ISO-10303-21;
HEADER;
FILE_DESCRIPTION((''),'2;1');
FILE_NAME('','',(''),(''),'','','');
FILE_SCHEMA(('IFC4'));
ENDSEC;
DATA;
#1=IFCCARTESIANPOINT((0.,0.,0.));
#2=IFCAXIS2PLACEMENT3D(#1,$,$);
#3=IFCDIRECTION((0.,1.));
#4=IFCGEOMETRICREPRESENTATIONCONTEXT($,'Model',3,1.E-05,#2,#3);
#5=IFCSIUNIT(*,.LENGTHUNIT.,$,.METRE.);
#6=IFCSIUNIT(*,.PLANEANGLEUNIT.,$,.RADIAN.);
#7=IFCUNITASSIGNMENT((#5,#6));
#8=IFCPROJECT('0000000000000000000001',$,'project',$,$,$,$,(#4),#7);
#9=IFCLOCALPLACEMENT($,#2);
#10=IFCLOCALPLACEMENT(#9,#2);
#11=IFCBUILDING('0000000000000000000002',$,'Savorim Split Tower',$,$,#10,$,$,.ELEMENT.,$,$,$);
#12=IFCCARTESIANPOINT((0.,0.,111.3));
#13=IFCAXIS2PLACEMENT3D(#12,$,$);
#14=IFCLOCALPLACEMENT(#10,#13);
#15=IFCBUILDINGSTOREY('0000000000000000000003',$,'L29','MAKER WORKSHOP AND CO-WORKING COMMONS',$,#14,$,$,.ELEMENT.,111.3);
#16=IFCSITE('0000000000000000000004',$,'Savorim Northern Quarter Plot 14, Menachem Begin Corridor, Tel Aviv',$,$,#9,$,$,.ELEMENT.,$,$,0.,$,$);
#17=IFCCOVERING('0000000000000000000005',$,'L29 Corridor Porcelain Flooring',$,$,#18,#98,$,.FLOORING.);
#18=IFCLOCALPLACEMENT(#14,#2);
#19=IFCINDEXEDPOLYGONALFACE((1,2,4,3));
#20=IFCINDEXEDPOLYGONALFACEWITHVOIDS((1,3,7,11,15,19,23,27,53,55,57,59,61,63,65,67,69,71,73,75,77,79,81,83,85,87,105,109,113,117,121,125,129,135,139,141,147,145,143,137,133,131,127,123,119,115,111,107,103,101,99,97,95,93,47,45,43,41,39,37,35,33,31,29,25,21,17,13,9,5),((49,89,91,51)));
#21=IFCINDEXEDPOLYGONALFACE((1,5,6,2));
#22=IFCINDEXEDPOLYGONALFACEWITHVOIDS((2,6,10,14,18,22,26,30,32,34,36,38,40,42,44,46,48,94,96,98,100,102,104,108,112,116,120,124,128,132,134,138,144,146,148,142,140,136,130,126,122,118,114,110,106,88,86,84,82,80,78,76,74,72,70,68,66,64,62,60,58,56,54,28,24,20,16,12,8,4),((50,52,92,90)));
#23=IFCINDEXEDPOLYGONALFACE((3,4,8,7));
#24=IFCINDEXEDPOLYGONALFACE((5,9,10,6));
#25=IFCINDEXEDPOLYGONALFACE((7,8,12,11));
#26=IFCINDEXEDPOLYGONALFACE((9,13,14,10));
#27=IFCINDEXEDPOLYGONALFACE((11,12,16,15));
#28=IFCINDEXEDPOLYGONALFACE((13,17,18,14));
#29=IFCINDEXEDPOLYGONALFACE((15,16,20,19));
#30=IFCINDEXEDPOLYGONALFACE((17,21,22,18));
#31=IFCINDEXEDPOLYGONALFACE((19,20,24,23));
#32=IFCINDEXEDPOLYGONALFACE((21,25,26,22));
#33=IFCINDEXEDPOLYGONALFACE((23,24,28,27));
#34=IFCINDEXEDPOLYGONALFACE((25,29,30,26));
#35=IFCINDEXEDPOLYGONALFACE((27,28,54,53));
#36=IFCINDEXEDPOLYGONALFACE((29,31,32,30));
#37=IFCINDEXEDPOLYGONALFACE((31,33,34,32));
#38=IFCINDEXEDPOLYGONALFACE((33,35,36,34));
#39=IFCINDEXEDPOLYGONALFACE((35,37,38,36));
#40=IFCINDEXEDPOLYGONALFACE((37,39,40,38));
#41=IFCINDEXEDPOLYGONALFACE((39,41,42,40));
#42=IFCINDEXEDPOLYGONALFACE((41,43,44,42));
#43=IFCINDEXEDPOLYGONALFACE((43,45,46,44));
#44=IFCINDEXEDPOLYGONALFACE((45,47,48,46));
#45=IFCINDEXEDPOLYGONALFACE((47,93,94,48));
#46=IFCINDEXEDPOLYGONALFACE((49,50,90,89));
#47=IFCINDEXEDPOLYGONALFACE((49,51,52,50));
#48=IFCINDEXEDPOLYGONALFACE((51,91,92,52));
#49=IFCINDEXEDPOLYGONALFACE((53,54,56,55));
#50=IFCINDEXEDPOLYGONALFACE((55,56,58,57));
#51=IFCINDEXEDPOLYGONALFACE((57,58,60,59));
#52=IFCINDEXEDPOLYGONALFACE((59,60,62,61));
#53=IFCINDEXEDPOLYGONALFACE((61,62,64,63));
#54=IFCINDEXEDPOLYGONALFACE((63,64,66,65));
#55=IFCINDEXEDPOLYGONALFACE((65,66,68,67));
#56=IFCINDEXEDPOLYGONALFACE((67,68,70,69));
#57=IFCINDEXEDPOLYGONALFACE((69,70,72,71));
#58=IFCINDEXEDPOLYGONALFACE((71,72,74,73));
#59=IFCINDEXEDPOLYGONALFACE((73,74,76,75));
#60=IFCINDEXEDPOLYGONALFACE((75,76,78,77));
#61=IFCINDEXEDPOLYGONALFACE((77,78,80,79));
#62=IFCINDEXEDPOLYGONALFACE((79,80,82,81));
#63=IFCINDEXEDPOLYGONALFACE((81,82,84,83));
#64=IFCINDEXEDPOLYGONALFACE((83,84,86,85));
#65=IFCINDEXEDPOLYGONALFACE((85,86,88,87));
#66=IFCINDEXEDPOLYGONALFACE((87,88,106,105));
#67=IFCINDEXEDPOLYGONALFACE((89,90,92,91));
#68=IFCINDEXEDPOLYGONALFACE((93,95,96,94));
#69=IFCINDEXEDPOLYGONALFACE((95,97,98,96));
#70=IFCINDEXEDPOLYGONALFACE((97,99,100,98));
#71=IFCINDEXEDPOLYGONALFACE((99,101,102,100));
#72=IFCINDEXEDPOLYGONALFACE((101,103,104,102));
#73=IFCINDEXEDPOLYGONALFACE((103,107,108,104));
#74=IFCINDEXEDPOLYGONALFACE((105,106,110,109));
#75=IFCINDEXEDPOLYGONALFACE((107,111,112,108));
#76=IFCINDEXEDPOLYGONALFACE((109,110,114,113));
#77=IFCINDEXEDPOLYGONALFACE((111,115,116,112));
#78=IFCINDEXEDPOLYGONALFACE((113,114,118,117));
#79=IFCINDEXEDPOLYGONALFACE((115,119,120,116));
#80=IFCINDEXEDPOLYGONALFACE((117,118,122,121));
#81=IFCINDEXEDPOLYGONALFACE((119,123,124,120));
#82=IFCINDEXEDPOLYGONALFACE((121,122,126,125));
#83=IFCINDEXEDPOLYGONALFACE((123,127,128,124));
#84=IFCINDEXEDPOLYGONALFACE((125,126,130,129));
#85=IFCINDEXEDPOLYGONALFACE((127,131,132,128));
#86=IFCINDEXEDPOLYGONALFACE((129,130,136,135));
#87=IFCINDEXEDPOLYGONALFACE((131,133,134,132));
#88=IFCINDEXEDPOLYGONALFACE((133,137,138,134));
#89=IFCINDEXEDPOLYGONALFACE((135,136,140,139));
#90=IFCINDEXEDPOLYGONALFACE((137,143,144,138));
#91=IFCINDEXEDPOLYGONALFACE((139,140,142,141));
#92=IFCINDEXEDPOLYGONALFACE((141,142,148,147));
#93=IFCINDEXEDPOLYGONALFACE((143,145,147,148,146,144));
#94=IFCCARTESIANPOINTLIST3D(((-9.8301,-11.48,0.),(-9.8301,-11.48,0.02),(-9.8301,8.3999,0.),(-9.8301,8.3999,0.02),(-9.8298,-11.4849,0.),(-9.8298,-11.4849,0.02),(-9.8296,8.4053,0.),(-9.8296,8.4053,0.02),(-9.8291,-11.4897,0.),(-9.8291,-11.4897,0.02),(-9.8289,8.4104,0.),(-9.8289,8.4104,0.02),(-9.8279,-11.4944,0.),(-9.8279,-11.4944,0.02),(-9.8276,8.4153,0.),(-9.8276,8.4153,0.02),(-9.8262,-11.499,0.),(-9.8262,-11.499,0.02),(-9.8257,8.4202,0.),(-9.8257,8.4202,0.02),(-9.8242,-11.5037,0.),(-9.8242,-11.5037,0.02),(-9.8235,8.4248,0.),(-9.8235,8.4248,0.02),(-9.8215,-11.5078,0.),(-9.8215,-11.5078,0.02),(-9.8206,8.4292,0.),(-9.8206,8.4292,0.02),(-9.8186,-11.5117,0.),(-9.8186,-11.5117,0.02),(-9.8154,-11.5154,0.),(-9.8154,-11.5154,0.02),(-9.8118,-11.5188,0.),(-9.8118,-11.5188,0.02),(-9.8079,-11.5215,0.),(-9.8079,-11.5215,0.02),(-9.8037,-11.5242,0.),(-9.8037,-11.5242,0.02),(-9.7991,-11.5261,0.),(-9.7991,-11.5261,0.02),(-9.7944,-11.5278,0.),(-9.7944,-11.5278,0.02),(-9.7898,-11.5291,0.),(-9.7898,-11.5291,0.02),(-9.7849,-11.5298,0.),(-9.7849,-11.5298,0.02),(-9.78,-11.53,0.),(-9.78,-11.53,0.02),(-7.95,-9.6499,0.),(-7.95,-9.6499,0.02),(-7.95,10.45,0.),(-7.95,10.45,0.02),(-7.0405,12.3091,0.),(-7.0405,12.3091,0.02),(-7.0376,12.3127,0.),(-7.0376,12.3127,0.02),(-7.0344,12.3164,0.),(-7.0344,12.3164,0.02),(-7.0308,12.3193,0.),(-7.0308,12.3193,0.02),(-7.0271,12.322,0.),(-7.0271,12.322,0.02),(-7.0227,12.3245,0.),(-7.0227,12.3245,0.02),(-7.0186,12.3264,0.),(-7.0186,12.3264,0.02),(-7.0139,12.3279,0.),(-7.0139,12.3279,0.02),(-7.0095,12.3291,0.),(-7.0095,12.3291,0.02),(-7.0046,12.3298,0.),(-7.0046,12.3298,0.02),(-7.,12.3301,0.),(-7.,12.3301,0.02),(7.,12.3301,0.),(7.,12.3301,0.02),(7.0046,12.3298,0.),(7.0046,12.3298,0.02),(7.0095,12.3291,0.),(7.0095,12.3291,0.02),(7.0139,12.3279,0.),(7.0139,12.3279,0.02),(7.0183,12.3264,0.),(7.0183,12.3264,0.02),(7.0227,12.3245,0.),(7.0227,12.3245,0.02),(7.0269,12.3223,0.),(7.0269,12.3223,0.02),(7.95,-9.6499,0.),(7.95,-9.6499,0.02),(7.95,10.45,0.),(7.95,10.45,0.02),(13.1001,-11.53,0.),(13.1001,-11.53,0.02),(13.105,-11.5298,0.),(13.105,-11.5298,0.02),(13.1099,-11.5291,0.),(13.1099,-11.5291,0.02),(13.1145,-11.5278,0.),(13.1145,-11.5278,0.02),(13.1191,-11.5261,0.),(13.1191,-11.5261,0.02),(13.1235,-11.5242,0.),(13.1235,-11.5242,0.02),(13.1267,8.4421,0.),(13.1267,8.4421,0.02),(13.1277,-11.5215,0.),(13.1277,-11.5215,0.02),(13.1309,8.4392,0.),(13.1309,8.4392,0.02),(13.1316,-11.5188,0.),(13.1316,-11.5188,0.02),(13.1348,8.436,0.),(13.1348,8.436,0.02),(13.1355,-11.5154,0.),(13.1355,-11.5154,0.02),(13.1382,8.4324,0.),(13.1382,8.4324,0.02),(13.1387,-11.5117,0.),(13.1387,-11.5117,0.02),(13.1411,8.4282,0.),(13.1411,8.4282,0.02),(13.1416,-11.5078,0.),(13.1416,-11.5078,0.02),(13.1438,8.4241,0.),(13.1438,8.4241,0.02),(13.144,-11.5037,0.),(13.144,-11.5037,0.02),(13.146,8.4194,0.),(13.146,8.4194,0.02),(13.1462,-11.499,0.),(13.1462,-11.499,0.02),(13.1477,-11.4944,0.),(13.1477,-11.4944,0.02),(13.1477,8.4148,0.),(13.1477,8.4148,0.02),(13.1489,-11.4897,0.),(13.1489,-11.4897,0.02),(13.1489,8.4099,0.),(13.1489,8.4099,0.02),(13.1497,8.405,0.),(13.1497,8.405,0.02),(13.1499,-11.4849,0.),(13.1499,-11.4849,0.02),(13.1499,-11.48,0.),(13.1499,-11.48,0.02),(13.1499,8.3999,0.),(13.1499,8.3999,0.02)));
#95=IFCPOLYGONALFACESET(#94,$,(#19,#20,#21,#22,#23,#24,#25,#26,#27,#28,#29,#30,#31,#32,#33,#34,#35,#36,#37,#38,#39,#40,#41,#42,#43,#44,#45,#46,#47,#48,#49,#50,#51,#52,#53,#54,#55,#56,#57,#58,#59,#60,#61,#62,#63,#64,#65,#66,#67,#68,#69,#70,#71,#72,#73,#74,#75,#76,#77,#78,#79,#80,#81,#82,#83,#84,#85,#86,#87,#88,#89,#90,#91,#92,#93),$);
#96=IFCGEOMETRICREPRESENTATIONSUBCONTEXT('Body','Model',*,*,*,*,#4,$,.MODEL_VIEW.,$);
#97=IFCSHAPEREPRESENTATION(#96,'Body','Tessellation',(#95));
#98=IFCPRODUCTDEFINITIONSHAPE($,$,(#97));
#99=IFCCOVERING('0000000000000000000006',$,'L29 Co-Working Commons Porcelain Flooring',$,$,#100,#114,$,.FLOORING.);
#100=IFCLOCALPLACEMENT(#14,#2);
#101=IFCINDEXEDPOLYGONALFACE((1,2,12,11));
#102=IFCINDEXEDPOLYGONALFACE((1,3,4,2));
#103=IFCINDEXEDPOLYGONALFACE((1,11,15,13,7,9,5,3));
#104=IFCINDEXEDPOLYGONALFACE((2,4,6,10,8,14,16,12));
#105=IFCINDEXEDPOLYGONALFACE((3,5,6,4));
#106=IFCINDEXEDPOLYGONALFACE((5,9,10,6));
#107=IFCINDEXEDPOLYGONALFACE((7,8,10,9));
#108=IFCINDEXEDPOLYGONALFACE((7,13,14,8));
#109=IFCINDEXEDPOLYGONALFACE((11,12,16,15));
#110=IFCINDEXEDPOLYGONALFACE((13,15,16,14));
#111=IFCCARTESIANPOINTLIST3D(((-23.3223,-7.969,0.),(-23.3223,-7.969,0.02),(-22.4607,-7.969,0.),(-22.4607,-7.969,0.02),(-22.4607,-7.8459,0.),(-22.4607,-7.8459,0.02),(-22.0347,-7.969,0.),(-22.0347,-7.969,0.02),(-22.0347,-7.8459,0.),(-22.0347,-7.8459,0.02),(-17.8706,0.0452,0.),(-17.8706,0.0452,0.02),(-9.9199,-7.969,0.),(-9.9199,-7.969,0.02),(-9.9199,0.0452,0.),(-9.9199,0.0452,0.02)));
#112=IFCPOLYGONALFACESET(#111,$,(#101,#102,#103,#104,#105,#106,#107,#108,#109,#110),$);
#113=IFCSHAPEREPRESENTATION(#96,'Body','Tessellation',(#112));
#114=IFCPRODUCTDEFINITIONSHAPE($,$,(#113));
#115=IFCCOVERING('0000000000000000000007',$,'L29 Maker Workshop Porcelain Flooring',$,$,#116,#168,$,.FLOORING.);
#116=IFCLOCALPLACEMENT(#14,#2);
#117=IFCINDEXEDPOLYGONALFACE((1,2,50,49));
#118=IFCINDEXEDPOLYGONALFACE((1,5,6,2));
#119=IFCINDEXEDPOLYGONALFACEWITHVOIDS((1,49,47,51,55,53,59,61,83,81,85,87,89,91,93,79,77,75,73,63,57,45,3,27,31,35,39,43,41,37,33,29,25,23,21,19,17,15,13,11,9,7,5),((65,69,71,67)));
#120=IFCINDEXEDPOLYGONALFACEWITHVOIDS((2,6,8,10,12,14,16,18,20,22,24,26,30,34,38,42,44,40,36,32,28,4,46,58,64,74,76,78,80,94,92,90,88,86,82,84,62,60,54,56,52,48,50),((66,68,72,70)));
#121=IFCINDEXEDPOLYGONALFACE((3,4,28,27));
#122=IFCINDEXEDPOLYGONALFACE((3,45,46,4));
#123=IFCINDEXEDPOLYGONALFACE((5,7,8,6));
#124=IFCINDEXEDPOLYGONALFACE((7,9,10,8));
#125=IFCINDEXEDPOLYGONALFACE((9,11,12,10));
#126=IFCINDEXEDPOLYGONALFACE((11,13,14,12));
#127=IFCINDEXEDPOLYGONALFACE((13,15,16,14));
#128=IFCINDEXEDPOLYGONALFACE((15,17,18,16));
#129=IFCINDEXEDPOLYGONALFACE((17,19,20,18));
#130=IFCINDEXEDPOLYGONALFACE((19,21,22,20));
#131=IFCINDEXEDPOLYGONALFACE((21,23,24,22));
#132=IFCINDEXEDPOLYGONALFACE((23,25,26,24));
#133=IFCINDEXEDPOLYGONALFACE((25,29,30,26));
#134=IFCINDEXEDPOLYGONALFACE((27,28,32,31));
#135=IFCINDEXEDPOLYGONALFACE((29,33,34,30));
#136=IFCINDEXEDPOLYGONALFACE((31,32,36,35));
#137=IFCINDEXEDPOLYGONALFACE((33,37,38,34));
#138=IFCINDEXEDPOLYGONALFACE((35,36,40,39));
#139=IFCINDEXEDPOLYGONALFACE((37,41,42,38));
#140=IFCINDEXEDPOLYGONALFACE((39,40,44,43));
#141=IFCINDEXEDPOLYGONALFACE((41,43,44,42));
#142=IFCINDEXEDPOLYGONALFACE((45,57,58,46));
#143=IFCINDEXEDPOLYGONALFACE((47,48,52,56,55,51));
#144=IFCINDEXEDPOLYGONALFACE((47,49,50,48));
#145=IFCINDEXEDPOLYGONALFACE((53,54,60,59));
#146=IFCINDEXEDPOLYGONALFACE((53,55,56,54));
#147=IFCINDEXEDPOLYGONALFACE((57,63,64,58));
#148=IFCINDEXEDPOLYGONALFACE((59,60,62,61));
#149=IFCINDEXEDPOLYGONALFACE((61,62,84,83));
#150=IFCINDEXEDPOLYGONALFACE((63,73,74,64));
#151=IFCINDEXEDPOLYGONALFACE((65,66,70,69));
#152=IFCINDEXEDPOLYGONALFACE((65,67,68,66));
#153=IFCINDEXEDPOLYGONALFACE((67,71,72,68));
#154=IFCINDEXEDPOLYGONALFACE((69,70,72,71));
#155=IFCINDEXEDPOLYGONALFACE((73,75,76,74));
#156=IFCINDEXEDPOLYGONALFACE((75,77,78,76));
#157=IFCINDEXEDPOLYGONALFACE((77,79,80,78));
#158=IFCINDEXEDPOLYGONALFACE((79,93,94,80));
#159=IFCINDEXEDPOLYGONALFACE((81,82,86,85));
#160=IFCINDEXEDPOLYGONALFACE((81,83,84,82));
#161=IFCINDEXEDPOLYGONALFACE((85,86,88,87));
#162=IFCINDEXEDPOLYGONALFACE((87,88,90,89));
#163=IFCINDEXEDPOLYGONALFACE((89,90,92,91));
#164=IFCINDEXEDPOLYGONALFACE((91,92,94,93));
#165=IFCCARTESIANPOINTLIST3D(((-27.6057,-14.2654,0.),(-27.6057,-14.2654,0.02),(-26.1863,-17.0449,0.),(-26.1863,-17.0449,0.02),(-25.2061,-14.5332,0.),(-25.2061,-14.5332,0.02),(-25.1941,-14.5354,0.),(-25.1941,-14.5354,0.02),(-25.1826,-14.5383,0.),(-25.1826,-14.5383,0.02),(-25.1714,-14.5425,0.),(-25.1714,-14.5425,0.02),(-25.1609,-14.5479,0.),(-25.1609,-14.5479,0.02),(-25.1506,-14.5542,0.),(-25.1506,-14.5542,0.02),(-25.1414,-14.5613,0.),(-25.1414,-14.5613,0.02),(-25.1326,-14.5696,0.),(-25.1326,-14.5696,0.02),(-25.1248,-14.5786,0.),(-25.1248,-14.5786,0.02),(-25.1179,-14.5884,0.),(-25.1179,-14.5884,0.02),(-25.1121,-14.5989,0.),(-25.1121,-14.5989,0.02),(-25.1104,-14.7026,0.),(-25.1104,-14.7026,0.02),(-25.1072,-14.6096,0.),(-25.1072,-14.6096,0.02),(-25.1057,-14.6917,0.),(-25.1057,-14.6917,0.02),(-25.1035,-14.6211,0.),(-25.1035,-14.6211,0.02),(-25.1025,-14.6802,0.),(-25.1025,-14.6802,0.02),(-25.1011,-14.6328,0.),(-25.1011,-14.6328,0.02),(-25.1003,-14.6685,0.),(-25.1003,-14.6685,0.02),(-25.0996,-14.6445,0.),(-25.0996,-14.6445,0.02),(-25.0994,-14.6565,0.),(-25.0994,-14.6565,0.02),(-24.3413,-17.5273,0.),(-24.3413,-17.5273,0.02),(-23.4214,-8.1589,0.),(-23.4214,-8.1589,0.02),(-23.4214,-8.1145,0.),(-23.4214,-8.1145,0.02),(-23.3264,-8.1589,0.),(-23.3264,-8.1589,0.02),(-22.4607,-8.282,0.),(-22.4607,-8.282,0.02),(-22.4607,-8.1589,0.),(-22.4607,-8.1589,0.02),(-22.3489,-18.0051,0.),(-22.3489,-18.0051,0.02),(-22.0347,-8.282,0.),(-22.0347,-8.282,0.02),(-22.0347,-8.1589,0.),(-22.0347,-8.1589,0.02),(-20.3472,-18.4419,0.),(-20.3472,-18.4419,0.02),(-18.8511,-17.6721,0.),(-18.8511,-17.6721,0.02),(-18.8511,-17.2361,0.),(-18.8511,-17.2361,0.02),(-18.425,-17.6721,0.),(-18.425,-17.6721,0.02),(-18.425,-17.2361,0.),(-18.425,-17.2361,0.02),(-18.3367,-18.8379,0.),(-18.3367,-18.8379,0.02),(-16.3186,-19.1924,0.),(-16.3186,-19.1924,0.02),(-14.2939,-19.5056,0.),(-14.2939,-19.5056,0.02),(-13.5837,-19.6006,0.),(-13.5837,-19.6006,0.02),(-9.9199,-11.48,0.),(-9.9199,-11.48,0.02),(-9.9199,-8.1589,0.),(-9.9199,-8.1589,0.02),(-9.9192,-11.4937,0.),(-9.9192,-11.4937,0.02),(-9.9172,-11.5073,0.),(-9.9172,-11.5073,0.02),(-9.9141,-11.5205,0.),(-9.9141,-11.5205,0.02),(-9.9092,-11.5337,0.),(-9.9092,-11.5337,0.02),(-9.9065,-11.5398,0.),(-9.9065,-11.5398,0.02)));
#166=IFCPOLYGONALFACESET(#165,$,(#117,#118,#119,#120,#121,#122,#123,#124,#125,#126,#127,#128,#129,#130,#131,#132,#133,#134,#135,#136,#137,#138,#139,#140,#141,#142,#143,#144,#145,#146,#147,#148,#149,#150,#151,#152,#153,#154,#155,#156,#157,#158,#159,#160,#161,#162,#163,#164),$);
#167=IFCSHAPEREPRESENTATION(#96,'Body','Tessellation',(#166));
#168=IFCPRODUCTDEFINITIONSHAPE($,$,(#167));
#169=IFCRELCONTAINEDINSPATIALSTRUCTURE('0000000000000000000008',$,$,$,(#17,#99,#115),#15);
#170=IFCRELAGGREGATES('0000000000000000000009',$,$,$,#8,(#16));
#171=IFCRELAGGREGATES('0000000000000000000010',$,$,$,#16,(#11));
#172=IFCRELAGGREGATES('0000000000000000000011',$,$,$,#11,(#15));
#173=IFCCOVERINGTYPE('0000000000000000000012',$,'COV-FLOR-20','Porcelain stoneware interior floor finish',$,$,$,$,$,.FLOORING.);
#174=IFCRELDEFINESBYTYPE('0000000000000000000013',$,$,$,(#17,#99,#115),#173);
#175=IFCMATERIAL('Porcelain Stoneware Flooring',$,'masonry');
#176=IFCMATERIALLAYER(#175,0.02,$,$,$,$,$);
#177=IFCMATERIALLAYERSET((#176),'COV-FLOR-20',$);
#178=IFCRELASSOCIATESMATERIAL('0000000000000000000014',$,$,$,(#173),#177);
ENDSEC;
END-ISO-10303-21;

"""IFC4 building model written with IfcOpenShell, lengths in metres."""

from ifc_helpers import new_model, si_unit, direction, frame, origin, place, context, subcontext, project, spatial, polyline, outline, extrude, material, layer, layer_set, type_object, element, save


model = new_model("IFC4")

# Units and contexts
model_context = context("Model", 3, precision=1e-05, world=origin(), true_north=direction((0.0, 1.0)))
body_context = subcontext(model_context, "Body", "Model", "MODEL_VIEW")
ifc_project = project(units=[si_unit("LENGTHUNIT", "METRE"), si_unit("PLANEANGLEUNIT", "RADIAN")], contexts=[model_context])

# Site, building, storey
site_placement = place(None, origin())
site = spatial("IfcSite", under=ifc_project, at=site_placement, Name="Savorim Northern Quarter Plot 14, Menachem Begin Corridor, Tel Aviv", CompositionType="ELEMENT", RefElevation=0.0)
building_placement = place(site_placement, origin())
building = spatial("IfcBuilding", under=site, at=building_placement, Name="Savorim Split Tower", CompositionType="ELEMENT")
storey_placement = place(building_placement, frame((0.0, 0.0, 111.3)))
storey = spatial("IfcBuildingStorey", under=building, at=storey_placement, Name="L29", Description="MAKER WORKSHOP AND CO-WORKING COMMONS", CompositionType="ELEMENT", Elevation=111.3)

# Coverings
ifc_material_1 = material(Name="Porcelain Stoneware Flooring", Category="masonry")
ifc_layer_1 = layer(ifc_material_1, 0.02)
ifc_layer_set_1 = layer_set([ifc_layer_1], Name="COV-FLOR-20")
covering_type_1 = type_object("IfcCoveringType", Name="COV-FLOR-20", Description="Porcelain stoneware interior floor finish", PredefinedType="FLOORING", material=ifc_layer_set_1)
covering_1_placement = place(storey_placement, origin())
element("IfcCovering", 1, at=covering_1_placement, inside=storey, type_object=covering_type_1, Name="L29 Corridor Porcelain Flooring", PredefinedType="FLOORING", context=body_context, shape_type="SweptSolid", body=[
    extrude(outline(polyline([(7.0095, 12.3291), (7.0046, 12.3298), (7.0, 12.3301), (-7.0, 12.3301), (-7.0046, 12.3298), (-7.0095, 12.3291), (-7.0139, 12.3279), (-7.0186, 12.3264), (-7.0227, 12.3245), (-7.0271, 12.322), (-7.0308, 12.3193), (-7.0344, 12.3164), (-7.0376, 12.3127), (-7.0405, 12.3091), (-9.8206, 8.4292), (-9.8235, 8.4248), (-9.8257, 8.4202), (-9.8276, 8.4153), (-9.8289, 8.4104), (-9.8296, 8.4053), (-9.8301, 8.3999), (-9.8301, -11.48), (-9.8298, -11.4849), (-9.8291, -11.4897), (-9.8279, -11.4944), (-9.8262, -11.499), (-9.8242, -11.5037), (-9.8215, -11.5078), (-9.8186, -11.5117), (-9.8154, -11.5154), (-9.8118, -11.5188), (-9.8079, -11.5215), (-9.8037, -11.5242), (-9.7991, -11.5261), (-9.7944, -11.5278), (-9.7898, -11.5291), (-9.7849, -11.5298), (-9.78, -11.53), (13.1001, -11.53), (13.105, -11.5298), (13.1099, -11.5291), (13.1145, -11.5278), (13.1191, -11.5261), (13.1235, -11.5242), (13.1277, -11.5215), (13.1316, -11.5188), (13.1355, -11.5154), (13.1387, -11.5117), (13.1416, -11.5078), (13.144, -11.5037), (13.1462, -11.499), (13.1477, -11.4944), (13.1489, -11.4897), (13.1499, -11.4849), (13.1499, -11.48), (13.1499, 8.3999), (13.1497, 8.405), (13.1489, 8.4099), (13.1477, 8.4148), (13.146, 8.4194), (13.1438, 8.4241), (13.1411, 8.4282), (13.1382, 8.4324), (13.1348, 8.436), (13.1309, 8.4392), (13.1267, 8.4421), (7.0269, 12.3223), (7.0227, 12.3245), (7.0183, 12.3264), (7.0139, 12.3279), (7.0095, 12.3291)]), holes=[polyline([(-7.95, 10.45), (-7.95, -9.6499), (7.95, -9.6499), (7.95, 10.45), (-7.95, 10.45)])]), origin(), (0.0, 0.0, 1.0), 0.02),
])
covering_2_placement = place(storey_placement, origin())
element("IfcCovering", 2, at=covering_2_placement, inside=storey, type_object=covering_type_1, Name="L29 Co-Working Commons Porcelain Flooring", PredefinedType="FLOORING", context=body_context, shape_type="SweptSolid", body=[
    extrude(outline(polyline([(-22.0347, -7.8459), (-22.0347, -7.969), (-9.9199, -7.969), (-9.9199, 0.0452), (-17.8706, 0.0452), (-23.3223, -7.969), (-22.4607, -7.969), (-22.4607, -7.8459), (-22.0347, -7.8459)])), origin(), (0.0, 0.0, 1.0), 0.02),
])
covering_3_placement = place(storey_placement, origin())
element("IfcCovering", 3, at=covering_3_placement, inside=storey, type_object=covering_type_1, Name="L29 Maker Workshop Porcelain Flooring", PredefinedType="FLOORING", context=body_context, shape_type="SweptSolid", body=[
    extrude(outline(polyline([(-25.0994, -14.6565), (-25.1003, -14.6685), (-25.1025, -14.6802), (-25.1057, -14.6917), (-25.1104, -14.7026), (-26.1863, -17.0449), (-24.3413, -17.5273), (-22.3489, -18.0051), (-20.3472, -18.4419), (-18.3367, -18.8379), (-16.3186, -19.1924), (-14.2939, -19.5056), (-13.5837, -19.6006), (-9.9065, -11.5398), (-9.9092, -11.5337), (-9.9141, -11.5205), (-9.9172, -11.5073), (-9.9192, -11.4937), (-9.9199, -11.48), (-9.9199, -8.1589), (-22.0347, -8.1589), (-22.0347, -8.282), (-22.4607, -8.282), (-22.4607, -8.1589), (-23.3264, -8.1589), (-23.4214, -8.1589), (-23.4214, -8.1145), (-27.6057, -14.2654), (-25.2061, -14.5332), (-25.1941, -14.5354), (-25.1826, -14.5383), (-25.1714, -14.5425), (-25.1609, -14.5479), (-25.1506, -14.5542), (-25.1414, -14.5613), (-25.1326, -14.5696), (-25.1248, -14.5786), (-25.1179, -14.5884), (-25.1121, -14.5989), (-25.1072, -14.6096), (-25.1035, -14.6211), (-25.1011, -14.6328), (-25.0996, -14.6445), (-25.0994, -14.6565)]), holes=[polyline([(-18.8511, -17.6721), (-18.425, -17.6721), (-18.425, -17.2361), (-18.8511, -17.2361), (-18.8511, -17.6721)])]), origin(), (0.0, 0.0, 1.0), 0.02),
])

save(model, "model.ifc")
